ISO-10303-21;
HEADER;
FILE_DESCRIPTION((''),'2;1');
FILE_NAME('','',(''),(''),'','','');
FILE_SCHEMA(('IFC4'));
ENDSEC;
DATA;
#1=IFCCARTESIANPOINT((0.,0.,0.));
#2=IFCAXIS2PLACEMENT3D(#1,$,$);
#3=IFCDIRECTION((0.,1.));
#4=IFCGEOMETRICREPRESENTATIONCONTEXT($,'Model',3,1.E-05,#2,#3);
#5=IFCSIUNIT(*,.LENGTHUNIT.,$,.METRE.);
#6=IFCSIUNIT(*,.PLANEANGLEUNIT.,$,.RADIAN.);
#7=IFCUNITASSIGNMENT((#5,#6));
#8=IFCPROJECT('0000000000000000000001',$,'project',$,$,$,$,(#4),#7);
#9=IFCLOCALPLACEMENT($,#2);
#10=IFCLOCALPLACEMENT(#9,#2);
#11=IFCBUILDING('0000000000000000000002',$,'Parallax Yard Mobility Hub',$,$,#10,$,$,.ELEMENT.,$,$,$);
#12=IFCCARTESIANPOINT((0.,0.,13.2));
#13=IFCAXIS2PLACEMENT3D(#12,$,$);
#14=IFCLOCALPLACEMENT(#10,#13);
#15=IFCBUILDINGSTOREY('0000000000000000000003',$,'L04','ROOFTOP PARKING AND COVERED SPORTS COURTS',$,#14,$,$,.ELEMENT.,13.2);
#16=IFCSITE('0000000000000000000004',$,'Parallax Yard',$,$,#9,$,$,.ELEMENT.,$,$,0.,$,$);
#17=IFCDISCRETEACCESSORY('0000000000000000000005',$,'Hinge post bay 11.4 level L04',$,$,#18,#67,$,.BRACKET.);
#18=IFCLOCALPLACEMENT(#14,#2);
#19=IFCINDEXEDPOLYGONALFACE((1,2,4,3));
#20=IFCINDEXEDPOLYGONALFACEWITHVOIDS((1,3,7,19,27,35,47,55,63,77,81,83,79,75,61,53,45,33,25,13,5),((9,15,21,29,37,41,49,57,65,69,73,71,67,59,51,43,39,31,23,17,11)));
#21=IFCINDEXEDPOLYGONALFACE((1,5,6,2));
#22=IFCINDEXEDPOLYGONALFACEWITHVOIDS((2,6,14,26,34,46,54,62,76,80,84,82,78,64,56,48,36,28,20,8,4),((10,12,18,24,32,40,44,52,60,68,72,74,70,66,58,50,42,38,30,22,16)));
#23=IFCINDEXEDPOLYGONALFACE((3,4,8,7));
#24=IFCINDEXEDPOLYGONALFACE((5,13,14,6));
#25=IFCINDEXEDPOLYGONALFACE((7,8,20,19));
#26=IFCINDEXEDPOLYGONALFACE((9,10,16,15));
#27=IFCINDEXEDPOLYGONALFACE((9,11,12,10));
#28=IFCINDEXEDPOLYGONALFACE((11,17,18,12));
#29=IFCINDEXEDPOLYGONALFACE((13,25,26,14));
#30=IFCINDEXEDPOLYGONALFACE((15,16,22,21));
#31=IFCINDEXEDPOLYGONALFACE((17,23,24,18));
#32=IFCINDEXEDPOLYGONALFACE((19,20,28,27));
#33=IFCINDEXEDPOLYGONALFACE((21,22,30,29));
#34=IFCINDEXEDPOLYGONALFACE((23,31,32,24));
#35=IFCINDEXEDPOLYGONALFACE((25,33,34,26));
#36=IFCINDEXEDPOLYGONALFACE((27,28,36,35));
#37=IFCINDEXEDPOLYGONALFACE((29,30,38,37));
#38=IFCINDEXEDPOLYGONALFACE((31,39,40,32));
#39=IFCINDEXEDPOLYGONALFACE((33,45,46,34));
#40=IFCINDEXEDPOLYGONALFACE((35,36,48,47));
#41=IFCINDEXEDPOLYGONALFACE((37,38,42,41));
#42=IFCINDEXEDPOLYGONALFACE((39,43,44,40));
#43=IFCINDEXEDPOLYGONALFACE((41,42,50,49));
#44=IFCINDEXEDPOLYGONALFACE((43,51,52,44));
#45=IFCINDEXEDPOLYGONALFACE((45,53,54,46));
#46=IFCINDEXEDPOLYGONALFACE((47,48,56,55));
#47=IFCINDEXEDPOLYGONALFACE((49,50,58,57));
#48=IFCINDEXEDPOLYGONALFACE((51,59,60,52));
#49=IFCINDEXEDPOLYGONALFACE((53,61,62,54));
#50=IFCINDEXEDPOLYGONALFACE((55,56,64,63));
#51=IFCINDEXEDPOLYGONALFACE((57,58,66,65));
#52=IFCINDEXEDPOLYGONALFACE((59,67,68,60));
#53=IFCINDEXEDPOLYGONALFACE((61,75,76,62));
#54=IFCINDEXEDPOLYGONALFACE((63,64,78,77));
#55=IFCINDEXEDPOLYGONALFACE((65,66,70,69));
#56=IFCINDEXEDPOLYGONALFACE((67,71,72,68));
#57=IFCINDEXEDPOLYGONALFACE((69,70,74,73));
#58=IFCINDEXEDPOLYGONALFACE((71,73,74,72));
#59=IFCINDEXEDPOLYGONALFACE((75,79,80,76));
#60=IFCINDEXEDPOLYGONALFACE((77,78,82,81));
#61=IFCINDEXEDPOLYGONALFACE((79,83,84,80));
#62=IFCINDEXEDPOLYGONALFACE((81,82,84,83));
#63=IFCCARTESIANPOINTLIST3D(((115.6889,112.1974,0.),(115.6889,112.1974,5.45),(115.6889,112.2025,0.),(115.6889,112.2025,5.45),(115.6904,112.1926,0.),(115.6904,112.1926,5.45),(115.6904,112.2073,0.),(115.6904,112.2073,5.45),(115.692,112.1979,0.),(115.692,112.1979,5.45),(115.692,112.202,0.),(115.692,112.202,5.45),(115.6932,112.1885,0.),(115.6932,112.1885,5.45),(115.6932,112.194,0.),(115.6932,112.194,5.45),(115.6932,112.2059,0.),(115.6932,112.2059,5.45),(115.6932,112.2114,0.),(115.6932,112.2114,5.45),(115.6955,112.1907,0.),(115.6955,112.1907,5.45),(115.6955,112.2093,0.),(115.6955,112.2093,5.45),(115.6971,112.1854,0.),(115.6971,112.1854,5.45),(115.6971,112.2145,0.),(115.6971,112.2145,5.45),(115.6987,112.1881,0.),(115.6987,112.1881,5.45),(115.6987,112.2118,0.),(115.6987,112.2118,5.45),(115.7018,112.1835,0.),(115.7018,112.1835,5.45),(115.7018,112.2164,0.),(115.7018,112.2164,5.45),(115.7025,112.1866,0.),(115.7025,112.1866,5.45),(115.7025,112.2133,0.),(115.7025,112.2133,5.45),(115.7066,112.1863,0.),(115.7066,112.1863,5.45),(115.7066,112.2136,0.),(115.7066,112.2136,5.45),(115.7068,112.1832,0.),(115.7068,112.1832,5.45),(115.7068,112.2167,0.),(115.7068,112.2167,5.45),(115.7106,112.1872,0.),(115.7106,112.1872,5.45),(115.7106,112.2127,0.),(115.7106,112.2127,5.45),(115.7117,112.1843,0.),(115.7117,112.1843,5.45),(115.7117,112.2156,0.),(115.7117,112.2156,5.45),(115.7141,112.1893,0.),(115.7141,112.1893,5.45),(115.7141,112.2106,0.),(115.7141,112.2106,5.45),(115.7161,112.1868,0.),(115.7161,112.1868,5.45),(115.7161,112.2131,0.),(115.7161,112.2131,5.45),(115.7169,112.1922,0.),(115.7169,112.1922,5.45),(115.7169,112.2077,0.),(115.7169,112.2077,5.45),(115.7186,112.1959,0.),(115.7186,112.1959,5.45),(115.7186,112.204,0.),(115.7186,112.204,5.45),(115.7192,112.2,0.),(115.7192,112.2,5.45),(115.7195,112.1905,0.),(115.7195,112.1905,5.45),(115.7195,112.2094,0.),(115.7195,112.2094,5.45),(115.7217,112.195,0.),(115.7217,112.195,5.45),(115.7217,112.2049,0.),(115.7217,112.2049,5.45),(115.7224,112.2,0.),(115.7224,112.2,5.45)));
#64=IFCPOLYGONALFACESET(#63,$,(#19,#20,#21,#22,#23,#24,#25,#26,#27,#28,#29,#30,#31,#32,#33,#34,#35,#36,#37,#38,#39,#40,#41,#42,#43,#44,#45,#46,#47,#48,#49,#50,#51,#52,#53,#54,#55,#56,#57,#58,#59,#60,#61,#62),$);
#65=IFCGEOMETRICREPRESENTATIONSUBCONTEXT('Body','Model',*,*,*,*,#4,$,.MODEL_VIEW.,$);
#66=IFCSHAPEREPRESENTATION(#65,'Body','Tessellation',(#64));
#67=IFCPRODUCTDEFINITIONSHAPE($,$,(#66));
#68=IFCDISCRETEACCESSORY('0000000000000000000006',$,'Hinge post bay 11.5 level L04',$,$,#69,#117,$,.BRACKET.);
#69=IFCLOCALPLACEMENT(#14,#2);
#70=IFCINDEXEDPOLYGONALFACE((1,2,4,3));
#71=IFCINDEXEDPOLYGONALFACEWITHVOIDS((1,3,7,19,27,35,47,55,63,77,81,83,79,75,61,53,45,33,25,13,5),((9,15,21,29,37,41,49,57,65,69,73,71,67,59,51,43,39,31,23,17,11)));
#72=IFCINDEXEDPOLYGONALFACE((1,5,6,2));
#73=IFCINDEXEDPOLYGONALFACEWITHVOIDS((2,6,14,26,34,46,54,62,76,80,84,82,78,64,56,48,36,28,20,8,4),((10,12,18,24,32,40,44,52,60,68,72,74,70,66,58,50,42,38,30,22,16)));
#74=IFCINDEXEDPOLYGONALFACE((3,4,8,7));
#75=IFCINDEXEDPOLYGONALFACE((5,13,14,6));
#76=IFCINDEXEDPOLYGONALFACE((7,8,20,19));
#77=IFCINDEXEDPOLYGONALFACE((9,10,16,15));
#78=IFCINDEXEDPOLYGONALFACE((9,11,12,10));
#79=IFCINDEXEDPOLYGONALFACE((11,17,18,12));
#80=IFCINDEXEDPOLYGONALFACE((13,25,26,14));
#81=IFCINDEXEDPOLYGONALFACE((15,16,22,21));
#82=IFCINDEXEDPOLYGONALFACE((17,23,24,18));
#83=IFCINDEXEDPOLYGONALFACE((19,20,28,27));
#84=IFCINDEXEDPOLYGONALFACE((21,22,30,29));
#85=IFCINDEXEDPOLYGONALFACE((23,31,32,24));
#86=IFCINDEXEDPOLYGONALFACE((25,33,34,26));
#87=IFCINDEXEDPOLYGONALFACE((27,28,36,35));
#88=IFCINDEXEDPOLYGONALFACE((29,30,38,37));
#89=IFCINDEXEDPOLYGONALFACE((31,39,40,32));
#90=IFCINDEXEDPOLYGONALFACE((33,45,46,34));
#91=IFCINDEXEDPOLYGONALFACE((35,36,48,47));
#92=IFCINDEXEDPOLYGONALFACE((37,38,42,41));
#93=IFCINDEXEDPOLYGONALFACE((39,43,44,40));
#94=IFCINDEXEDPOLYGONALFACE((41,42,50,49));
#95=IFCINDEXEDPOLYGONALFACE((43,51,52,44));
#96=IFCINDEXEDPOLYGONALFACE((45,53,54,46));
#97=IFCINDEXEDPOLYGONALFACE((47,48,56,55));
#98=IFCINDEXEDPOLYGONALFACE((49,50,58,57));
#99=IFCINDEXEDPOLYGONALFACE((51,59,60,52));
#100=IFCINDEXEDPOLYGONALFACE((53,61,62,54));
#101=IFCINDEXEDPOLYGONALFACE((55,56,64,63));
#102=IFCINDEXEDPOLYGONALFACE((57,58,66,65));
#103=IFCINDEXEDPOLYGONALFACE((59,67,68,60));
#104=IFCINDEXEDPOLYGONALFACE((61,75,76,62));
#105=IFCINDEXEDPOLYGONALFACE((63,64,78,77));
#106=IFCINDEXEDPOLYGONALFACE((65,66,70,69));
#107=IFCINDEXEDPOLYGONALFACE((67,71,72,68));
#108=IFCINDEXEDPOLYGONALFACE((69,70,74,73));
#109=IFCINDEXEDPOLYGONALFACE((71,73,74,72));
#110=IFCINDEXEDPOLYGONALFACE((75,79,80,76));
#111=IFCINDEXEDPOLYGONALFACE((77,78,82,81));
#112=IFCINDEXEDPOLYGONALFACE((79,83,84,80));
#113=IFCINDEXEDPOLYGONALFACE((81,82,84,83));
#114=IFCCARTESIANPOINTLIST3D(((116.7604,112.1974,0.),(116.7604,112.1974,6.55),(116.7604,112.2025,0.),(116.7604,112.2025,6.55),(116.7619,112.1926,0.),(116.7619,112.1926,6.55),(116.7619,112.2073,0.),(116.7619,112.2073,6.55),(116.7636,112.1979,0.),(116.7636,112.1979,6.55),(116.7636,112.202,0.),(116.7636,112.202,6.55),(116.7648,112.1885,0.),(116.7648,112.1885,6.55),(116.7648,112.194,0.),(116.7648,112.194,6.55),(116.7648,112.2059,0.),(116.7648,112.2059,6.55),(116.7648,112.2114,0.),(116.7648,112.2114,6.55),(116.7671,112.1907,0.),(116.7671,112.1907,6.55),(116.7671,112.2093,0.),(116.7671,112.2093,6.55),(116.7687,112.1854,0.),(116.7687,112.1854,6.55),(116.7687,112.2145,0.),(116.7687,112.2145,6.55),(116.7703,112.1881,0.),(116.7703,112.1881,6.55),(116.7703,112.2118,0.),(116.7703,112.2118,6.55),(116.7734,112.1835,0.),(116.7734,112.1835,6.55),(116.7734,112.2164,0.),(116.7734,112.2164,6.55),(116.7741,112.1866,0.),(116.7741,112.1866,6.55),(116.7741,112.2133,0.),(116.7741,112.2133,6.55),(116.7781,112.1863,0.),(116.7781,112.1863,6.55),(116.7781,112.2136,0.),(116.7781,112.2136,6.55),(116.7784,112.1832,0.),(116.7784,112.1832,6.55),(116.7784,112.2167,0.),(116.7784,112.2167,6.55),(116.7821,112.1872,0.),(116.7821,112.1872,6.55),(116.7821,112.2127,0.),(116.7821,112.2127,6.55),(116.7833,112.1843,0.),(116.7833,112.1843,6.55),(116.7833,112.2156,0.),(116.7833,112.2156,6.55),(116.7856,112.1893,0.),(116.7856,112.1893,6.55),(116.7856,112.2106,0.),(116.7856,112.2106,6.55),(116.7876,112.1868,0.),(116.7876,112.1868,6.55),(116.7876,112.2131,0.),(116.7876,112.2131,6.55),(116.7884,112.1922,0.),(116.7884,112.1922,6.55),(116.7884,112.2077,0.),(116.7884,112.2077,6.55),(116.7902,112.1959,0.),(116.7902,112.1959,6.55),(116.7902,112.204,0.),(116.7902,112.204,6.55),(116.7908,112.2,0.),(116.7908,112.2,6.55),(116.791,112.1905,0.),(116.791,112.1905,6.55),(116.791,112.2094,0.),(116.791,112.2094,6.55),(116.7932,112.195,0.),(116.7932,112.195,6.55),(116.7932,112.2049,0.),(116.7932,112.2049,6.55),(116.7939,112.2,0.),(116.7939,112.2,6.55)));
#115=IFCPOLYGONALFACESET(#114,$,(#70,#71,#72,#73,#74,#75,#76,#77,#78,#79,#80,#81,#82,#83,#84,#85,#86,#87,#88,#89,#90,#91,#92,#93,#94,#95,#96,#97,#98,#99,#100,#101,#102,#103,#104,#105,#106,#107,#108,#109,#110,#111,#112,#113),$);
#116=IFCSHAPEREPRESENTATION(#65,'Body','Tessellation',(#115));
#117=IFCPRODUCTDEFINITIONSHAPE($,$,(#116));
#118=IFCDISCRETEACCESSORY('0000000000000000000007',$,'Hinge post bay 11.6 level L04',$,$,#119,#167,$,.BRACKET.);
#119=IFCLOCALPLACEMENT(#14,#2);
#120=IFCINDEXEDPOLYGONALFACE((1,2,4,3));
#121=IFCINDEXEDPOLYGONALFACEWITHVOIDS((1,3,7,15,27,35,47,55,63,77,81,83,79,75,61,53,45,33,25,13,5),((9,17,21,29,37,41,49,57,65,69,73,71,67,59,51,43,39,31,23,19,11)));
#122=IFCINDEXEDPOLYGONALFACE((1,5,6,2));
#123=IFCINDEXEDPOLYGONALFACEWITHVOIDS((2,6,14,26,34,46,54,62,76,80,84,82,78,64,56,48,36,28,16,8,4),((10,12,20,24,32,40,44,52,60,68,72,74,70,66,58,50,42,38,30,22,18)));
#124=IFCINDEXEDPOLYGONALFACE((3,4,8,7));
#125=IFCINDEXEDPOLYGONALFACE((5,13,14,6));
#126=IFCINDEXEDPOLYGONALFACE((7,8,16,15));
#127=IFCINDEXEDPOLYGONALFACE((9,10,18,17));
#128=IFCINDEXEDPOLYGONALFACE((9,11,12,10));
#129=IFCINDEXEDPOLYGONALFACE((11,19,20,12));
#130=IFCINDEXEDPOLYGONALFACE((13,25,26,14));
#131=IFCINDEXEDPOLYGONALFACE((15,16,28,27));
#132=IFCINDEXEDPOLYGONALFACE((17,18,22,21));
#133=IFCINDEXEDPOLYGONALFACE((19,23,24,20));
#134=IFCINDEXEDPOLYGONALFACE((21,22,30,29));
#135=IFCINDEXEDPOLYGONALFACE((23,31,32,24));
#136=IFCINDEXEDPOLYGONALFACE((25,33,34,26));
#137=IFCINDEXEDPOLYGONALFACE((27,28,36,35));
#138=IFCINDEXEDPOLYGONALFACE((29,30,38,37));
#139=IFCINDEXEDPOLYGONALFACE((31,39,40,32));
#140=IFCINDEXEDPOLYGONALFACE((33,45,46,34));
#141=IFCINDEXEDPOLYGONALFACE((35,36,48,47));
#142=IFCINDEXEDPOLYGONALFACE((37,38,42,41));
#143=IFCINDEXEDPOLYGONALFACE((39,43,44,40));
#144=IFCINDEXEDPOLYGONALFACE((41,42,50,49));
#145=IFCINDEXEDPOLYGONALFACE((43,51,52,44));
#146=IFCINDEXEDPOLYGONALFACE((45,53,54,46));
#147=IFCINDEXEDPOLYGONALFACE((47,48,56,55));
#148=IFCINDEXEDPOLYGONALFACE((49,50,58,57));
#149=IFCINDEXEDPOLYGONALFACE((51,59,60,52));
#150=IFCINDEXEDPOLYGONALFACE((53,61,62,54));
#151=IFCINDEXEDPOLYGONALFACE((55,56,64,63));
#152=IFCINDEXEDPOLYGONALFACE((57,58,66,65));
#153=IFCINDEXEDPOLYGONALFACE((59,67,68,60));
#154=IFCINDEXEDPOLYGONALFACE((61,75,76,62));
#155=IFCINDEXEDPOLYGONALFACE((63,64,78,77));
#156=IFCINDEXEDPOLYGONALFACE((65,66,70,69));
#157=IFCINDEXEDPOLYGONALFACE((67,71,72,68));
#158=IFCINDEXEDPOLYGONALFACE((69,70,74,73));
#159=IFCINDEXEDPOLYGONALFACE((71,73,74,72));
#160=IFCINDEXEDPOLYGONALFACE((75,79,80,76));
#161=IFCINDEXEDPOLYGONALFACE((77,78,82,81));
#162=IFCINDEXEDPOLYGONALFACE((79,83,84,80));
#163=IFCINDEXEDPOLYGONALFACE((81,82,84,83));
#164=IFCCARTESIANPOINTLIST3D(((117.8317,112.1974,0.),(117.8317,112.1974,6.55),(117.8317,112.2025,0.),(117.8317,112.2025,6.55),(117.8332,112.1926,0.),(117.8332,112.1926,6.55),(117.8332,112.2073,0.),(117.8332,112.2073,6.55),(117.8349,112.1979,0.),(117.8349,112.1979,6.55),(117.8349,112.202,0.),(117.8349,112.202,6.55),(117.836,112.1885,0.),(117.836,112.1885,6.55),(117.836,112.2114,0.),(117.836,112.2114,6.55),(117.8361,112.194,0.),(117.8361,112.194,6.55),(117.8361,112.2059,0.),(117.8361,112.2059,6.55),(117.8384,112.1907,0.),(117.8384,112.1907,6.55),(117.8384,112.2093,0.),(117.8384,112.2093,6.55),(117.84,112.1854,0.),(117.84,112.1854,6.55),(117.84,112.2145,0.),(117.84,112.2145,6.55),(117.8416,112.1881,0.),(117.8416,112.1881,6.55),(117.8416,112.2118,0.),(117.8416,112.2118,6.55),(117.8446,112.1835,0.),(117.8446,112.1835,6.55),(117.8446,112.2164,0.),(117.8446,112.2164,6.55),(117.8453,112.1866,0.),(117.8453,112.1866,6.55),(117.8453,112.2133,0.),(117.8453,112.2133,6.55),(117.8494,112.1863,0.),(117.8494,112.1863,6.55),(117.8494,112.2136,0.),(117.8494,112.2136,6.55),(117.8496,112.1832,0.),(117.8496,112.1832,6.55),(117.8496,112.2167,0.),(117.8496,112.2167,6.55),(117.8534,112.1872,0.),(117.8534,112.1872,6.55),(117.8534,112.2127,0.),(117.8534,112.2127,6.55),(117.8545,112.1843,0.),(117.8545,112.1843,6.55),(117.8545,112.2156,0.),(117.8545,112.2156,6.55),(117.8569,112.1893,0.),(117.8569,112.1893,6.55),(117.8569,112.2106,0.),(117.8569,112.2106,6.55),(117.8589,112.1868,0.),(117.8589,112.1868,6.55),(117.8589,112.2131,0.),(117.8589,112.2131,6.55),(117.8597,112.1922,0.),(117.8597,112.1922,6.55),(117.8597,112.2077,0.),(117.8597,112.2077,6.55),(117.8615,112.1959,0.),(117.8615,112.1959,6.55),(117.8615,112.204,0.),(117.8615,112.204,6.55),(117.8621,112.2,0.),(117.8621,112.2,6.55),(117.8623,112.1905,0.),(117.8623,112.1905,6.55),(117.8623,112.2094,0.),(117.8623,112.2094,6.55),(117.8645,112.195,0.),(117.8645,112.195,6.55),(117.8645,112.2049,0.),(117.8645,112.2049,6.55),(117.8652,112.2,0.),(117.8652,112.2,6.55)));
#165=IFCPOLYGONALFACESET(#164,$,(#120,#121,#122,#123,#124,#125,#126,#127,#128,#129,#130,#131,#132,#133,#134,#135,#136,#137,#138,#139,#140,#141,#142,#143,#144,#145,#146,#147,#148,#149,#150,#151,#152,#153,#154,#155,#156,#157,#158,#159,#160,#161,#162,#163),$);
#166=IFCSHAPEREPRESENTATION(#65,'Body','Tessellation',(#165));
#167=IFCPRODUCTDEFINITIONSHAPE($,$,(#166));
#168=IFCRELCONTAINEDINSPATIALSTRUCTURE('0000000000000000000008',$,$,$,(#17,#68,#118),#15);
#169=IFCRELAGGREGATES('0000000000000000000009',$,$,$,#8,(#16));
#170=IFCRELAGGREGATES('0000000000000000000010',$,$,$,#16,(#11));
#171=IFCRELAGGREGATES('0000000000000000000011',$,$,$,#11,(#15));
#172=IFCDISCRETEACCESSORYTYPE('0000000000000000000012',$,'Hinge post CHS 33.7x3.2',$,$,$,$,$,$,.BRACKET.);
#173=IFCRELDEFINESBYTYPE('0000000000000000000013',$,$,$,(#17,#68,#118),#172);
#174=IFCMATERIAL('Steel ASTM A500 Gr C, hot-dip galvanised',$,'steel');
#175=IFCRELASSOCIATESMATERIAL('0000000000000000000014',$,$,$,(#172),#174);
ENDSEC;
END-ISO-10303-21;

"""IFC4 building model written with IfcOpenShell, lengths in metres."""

from ifc_helpers import new_model, si_unit, direction, frame, origin, origin_2d, place, context, subcontext, project, spatial, hollow_circle, extrude, material, material_profile, profile_set, type_object, element, save


model = new_model("IFC4")

# Units and contexts
model_context = context("Model", 3, precision=1e-05, world=origin(), true_north=direction((0.0, 1.0)))
body_context = subcontext(model_context, "Body", "Model", "MODEL_VIEW")
ifc_project = project(units=[si_unit("LENGTHUNIT", "METRE"), si_unit("PLANEANGLEUNIT", "RADIAN")], contexts=[model_context])

# Site, building, storey
site_placement = place(None, origin())
site = spatial("IfcSite", under=ifc_project, at=site_placement, Name="Parallax Yard", CompositionType="ELEMENT", RefElevation=0.0)
building_placement = place(site_placement, origin())
building = spatial("IfcBuilding", under=site, at=building_placement, Name="Parallax Yard Mobility Hub", CompositionType="ELEMENT")
storey_placement = place(building_placement, frame((0.0, 0.0, 13.2)))
storey = spatial("IfcBuildingStorey", under=building, at=storey_placement, Name="L04", Description="ROOFTOP PARKING AND COVERED SPORTS COURTS", CompositionType="ELEMENT", Elevation=13.2)

# Discrete accessories
ifc_material_1 = material(Name="Steel ASTM A500 Gr C, hot-dip galvanised", Category="steel")
ifc_material_profile_1 = material_profile(ifc_material_1, hollow_circle(Radius=0.0168, WallThickness=0.0032, at=origin_2d()), Name="CHS 33.7x3.2")
ifc_profile_set_1 = profile_set([ifc_material_profile_1], Name="Steel ASTM A500 Gr C, hot-dip galvanised")
discrete_accessory_type_1 = type_object("IfcDiscreteAccessoryType", Name="Hinge post CHS 33.7x3.2", PredefinedType="BRACKET", material=ifc_profile_set_1)
discrete_accessory_1_placement = place(storey_placement, frame((115.7056, 112.2, 0.0), z_axis=(0.0, 0.0, 1.0), x_axis=(1.0, 0.0, 0.0)))
element("IfcDiscreteAccessory", 1, at=discrete_accessory_1_placement, inside=storey, type_object=discrete_accessory_type_1, Name="Hinge post bay 11.4 level L04", PredefinedType="BRACKET", context=body_context, shape_type="SweptSolid", body=[
    extrude(hollow_circle(Radius=0.0168, WallThickness=0.0032, at=origin_2d()), origin(), (0.0, 0.0, 1.0), 5.45),
])
for number, where, z_axis, x_axis, name in (
    (2, (116.7771, 112.2, 0.0), (0.0, 0.0, 1.0), (1.0, 0.0, 0.0), "Hinge post bay 11.5 level L04"),
    (3, (117.8484, 112.2, 0.0), (0.0, 0.0, 1.0), (1.0, 0.0, 0.0), "Hinge post bay 11.6 level L04"),
):
    element("IfcDiscreteAccessory", number, at=place(storey_placement, frame(where, z_axis=z_axis, x_axis=x_axis)), inside=storey, type_object=discrete_accessory_type_1, Name=name, PredefinedType="BRACKET", context=body_context, shape_type="SweptSolid", body=[
        extrude(hollow_circle(Radius=0.0168, WallThickness=0.0032, at=origin_2d()), origin(), (0.0, 0.0, 1.0), 6.55),
    ])

save(model, "model.ifc")
